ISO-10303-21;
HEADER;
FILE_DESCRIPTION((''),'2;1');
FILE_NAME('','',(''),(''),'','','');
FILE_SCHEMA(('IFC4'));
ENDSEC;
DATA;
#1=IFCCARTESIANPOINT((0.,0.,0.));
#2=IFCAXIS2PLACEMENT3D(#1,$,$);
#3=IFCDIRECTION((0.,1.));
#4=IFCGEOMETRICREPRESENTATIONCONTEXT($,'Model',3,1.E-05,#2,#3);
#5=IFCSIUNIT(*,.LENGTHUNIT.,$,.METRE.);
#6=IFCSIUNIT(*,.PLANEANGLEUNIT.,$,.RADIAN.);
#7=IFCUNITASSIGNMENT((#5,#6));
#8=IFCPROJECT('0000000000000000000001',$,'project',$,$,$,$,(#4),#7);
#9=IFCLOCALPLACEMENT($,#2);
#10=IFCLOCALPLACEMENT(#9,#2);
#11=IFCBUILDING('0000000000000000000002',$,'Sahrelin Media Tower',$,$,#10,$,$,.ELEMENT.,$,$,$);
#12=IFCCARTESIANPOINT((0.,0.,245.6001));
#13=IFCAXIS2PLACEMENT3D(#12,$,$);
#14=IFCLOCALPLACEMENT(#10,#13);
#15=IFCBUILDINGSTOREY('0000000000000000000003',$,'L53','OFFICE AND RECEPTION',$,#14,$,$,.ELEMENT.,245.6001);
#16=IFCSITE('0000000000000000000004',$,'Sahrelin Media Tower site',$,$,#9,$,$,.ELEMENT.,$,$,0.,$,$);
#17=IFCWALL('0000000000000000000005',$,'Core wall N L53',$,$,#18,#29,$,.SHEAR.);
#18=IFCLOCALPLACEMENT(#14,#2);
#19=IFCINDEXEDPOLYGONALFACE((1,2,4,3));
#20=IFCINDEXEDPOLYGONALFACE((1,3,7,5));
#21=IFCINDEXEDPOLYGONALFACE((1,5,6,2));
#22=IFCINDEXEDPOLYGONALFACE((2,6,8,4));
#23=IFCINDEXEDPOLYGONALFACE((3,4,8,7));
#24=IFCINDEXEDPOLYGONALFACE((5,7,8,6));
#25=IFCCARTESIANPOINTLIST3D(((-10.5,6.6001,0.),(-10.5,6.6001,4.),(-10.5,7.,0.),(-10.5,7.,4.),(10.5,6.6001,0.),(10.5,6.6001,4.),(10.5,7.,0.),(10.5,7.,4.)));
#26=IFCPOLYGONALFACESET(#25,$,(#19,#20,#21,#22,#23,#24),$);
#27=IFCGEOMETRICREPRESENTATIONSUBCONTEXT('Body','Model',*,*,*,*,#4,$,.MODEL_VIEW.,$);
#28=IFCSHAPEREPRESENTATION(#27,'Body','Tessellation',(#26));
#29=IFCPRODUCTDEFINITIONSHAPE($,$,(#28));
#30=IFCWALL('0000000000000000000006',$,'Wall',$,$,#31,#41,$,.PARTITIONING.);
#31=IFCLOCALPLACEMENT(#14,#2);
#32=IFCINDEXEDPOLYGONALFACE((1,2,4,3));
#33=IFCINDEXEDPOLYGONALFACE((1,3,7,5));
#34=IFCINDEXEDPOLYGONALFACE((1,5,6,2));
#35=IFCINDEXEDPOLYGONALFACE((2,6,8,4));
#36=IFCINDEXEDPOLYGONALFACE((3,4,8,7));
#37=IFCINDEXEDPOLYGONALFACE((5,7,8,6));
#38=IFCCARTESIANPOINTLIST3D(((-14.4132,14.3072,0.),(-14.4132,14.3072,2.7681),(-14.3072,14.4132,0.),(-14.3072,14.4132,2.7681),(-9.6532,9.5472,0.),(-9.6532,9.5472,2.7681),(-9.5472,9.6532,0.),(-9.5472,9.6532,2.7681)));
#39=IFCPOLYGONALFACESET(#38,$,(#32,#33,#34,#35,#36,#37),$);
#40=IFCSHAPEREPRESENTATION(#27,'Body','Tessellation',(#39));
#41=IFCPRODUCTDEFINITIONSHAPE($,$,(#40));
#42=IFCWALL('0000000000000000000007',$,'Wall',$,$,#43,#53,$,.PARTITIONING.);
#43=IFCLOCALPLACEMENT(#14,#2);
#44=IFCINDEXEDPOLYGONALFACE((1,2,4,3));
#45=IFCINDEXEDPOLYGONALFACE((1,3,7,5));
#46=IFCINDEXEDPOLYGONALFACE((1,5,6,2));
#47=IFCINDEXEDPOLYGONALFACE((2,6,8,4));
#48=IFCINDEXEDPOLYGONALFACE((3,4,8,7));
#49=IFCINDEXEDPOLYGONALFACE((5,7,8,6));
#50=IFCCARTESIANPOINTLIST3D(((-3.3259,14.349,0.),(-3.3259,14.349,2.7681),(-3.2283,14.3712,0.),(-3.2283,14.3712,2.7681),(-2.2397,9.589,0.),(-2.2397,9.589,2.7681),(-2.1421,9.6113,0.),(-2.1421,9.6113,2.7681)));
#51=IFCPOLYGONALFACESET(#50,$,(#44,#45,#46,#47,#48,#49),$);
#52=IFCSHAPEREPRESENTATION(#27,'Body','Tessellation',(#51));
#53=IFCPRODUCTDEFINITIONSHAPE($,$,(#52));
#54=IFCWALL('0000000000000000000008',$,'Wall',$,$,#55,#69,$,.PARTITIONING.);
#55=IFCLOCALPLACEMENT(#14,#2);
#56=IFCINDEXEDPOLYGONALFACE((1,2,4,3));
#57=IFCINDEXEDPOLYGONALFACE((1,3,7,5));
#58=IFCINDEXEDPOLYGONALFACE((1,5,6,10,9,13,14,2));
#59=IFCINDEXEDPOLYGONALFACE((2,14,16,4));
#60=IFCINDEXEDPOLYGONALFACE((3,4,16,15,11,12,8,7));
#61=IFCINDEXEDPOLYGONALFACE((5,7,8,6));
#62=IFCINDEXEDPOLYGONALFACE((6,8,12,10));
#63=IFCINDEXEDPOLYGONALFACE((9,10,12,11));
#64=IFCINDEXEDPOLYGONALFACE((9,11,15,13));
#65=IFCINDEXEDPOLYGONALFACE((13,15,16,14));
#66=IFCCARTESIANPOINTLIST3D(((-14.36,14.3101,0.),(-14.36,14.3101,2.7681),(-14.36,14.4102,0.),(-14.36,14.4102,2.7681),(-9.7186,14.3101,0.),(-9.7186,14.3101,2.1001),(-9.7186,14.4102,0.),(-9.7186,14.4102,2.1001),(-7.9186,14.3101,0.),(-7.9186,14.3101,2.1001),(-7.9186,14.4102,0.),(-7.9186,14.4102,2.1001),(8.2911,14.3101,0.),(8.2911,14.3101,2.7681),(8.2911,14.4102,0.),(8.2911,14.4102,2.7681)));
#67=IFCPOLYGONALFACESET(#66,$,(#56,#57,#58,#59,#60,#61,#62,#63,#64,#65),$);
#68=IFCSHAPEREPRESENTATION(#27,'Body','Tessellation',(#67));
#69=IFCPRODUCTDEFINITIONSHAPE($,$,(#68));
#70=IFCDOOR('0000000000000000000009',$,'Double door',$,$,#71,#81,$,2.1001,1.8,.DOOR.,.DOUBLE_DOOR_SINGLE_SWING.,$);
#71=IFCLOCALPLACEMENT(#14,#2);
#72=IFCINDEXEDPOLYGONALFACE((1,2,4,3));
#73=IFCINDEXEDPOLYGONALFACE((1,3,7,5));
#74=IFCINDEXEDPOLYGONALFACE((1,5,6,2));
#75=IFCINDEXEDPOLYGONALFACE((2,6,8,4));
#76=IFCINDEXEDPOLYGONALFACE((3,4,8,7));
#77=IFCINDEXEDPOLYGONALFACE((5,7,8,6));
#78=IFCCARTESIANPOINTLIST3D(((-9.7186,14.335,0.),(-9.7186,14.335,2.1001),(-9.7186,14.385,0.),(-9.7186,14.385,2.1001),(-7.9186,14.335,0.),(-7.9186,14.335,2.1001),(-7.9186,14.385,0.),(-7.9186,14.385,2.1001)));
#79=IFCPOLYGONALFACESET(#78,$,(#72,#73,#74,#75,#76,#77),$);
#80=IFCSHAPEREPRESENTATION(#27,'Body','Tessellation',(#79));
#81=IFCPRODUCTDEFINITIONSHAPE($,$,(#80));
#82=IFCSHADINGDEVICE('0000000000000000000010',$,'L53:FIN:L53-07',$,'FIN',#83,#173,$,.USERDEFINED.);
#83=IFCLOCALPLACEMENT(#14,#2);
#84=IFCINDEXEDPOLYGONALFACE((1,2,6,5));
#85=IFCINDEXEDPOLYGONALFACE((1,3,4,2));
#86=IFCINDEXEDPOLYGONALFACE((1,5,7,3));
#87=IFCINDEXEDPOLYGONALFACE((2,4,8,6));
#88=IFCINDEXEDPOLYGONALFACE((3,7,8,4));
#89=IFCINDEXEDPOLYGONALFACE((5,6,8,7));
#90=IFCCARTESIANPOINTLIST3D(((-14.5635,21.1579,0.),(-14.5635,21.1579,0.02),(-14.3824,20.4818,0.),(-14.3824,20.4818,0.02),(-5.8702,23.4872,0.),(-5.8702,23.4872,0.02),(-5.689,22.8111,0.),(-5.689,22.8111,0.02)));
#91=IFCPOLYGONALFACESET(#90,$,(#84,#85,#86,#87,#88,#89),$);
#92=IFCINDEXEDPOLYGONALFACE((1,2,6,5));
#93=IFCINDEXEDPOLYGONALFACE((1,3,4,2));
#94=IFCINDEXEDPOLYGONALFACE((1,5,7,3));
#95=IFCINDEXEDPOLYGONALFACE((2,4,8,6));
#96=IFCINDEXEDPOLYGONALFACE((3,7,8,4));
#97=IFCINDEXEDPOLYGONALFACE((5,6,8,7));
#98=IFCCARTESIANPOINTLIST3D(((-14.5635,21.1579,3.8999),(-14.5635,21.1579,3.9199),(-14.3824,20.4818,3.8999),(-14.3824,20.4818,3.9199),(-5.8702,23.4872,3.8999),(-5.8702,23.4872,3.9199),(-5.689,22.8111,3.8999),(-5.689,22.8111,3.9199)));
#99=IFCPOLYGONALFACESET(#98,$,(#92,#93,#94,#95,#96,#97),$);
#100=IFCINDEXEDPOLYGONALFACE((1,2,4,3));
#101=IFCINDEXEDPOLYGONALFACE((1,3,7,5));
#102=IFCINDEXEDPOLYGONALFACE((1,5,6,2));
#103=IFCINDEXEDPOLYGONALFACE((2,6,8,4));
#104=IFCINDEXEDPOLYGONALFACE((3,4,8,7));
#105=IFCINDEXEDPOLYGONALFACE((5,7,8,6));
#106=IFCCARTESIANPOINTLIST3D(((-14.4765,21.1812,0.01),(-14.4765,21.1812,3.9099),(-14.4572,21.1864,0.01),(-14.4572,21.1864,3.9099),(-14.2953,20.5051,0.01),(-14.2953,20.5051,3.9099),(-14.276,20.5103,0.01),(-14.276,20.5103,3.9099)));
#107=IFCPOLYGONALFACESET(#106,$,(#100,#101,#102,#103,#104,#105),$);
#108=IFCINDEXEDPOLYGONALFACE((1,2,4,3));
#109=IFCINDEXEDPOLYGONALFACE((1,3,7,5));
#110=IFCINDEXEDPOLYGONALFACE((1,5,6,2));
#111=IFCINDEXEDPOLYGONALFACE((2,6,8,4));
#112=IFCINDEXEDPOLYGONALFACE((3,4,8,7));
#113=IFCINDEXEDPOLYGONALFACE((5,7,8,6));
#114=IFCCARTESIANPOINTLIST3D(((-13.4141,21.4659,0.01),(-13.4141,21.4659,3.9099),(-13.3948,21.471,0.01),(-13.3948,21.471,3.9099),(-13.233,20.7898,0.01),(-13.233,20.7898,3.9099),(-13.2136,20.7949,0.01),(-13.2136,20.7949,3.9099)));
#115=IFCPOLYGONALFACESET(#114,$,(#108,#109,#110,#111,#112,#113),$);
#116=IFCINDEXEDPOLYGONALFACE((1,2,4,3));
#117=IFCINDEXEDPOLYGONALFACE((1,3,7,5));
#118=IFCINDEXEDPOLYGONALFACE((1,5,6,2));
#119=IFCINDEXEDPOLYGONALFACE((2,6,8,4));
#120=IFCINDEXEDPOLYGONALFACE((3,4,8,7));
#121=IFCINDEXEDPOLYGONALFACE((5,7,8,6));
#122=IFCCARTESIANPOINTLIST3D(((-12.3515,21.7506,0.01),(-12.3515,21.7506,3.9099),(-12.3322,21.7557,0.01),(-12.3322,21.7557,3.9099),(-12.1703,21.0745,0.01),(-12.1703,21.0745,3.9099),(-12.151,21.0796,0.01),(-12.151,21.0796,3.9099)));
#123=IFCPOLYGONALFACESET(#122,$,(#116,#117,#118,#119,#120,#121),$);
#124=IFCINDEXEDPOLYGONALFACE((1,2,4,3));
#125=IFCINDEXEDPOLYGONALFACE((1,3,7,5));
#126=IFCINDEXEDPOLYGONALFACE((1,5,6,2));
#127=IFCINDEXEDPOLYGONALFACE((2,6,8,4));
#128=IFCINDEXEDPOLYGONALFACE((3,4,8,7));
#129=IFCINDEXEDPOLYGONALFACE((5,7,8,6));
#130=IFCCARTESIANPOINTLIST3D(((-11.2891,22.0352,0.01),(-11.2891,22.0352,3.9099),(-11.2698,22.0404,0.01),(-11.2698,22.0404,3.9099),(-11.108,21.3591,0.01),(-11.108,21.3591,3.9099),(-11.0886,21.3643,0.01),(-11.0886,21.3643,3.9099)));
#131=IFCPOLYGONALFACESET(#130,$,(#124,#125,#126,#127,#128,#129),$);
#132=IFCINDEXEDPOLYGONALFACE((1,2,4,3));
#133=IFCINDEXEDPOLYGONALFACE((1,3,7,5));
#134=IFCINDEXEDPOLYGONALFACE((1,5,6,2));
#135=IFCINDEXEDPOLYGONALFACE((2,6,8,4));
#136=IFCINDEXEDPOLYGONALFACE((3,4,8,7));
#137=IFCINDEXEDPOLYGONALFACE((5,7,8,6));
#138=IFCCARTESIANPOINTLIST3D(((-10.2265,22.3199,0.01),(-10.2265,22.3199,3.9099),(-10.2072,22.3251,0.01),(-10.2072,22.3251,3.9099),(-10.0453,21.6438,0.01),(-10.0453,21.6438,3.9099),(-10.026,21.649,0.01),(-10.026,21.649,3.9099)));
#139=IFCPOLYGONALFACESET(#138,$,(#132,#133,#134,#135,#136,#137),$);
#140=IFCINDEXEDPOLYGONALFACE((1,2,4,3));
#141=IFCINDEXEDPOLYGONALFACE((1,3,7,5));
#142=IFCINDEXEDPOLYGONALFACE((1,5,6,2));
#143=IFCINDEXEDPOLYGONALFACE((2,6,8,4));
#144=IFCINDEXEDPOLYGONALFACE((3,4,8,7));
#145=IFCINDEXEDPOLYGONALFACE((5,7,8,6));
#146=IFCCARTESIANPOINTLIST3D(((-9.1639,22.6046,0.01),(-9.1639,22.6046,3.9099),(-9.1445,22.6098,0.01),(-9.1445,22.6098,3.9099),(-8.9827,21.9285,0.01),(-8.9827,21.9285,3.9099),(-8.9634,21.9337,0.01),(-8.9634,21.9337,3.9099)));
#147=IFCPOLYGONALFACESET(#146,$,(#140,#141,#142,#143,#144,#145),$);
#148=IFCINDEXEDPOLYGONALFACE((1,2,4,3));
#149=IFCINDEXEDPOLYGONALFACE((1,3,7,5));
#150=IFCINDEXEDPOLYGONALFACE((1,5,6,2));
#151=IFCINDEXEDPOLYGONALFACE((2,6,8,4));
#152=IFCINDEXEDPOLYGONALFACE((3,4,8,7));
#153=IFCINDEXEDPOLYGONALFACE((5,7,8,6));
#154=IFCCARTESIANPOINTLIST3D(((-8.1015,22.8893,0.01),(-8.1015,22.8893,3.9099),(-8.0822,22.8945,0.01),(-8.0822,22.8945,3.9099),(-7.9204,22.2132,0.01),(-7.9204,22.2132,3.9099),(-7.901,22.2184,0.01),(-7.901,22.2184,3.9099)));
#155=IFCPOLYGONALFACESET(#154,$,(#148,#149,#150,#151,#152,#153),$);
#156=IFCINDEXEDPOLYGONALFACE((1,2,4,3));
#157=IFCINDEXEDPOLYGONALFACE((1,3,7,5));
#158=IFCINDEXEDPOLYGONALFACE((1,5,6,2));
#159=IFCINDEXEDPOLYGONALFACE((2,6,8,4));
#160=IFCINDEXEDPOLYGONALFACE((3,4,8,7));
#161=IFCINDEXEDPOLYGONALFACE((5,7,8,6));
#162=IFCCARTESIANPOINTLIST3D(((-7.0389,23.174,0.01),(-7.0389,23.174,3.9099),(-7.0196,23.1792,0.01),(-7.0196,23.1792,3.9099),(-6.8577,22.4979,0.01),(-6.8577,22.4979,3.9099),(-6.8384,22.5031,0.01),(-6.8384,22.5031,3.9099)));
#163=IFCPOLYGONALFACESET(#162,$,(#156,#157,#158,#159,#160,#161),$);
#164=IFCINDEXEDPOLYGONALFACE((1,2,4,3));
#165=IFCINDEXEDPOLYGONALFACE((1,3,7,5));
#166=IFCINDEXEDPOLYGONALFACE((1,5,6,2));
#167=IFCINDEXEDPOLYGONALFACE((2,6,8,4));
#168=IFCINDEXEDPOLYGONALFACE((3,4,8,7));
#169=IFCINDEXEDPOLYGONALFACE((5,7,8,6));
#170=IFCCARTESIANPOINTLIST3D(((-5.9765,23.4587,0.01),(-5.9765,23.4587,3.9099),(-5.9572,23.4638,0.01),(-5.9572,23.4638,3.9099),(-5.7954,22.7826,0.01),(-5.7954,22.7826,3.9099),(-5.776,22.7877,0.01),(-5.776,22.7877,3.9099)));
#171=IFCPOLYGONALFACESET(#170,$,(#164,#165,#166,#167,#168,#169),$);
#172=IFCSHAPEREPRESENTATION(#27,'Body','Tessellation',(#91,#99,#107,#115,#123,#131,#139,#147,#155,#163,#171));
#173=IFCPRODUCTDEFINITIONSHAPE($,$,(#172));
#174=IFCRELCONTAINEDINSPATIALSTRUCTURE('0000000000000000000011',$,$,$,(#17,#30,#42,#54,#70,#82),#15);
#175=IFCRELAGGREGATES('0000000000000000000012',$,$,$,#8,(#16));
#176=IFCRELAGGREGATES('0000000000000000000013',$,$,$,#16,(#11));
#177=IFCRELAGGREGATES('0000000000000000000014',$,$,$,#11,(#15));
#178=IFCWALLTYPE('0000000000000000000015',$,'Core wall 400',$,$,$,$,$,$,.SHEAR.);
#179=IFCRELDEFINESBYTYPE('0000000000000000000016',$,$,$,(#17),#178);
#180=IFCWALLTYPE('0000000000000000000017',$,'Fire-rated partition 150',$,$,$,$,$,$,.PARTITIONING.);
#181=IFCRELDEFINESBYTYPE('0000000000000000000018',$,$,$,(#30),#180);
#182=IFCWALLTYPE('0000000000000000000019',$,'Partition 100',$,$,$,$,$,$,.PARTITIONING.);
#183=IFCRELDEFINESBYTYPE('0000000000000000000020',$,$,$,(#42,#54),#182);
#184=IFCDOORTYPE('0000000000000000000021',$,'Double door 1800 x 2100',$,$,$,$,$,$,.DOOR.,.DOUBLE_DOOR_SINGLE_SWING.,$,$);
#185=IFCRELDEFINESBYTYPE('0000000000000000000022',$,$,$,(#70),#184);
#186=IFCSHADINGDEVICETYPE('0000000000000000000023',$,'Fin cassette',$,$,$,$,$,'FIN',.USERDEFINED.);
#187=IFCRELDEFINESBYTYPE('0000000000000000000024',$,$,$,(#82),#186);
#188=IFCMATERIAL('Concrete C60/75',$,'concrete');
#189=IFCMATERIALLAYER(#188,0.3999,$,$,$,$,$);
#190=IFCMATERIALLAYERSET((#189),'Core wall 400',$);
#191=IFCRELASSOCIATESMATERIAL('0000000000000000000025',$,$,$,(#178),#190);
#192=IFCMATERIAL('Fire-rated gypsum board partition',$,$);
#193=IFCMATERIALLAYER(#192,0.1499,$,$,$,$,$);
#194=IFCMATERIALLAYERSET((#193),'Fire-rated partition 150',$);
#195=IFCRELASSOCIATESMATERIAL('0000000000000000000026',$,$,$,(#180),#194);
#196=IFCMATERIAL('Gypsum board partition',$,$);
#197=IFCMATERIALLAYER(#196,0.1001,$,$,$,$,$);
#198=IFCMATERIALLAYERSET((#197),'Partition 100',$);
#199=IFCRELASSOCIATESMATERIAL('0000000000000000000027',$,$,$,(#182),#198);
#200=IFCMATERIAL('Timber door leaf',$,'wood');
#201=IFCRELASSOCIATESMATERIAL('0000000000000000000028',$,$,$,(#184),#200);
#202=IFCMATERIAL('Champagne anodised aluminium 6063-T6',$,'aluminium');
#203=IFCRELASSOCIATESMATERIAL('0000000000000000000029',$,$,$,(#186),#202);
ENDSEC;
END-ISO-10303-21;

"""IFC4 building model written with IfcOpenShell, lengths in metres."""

from ifc_helpers import new_model, si_unit, direction, frame, frame_2d, origin, origin_2d, place, context, subcontext, project, spatial, rectangle, extrude, material, layer, layer_set, type_object, element, fill, save


model = new_model("IFC4")

# Units and contexts
model_context = context("Model", 3, precision=1e-05, world=origin(), true_north=direction((0.0, 1.0)))
body_context = subcontext(model_context, "Body", "Model", "MODEL_VIEW")
ifc_project = project(units=[si_unit("LENGTHUNIT", "METRE"), si_unit("PLANEANGLEUNIT", "RADIAN")], contexts=[model_context])

# Site, building, storey
site_placement = place(None, origin())
site = spatial("IfcSite", under=ifc_project, at=site_placement, Name="Sahrelin Media Tower site", CompositionType="ELEMENT", RefElevation=0.0)
building_placement = place(site_placement, origin())
building = spatial("IfcBuilding", under=site, at=building_placement, Name="Sahrelin Media Tower", CompositionType="ELEMENT")
storey_placement = place(building_placement, frame((0.0, 0.0, 245.6001)))
storey = spatial("IfcBuildingStorey", under=building, at=storey_placement, Name="L53", Description="OFFICE AND RECEPTION", CompositionType="ELEMENT", Elevation=245.6001)

# Shared definitions
ifc_material_1 = material(Name="Champagne anodised aluminium 6063-T6", Category="aluminium")

# Walls
ifc_material_2 = material(Name="Concrete C60/75", Category="concrete")
ifc_layer_1 = layer(ifc_material_2, 0.3999)
ifc_layer_set_1 = layer_set([ifc_layer_1], Name="Core wall 400")
wall_type_1 = type_object("IfcWallType", Name="Core wall 400", PredefinedType="SHEAR", material=ifc_layer_set_1)
wall_1_placement = place(storey_placement, frame((-10.5, 6.8, 0.0), z_axis=(0.0, 0.0, 1.0), x_axis=(1.0, 0.0, 0.0)))
element("IfcWall", 1, at=wall_1_placement, inside=storey, type_object=wall_type_1, Name="Core wall N L53", PredefinedType="SHEAR", context=body_context, shape_type="SweptSolid", body=[
    extrude(rectangle(XDim=21.0, YDim=0.3999, at=frame_2d((10.5, 0.0))), origin(), (0.0, 0.0, 1.0), 4.0),
])
ifc_material_3 = material(Name="Fire-rated gypsum board partition")
ifc_layer_2 = layer(ifc_material_3, 0.1499)
ifc_layer_set_2 = layer_set([ifc_layer_2], Name="Fire-rated partition 150")
wall_type_2 = type_object("IfcWallType", Name="Fire-rated partition 150", PredefinedType="PARTITIONING", material=ifc_layer_set_2)
wall_2_placement = place(storey_placement, frame((-14.3601, 14.3601, 0.0), z_axis=(0.0, 0.0, 1.0), x_axis=(0.707107, -0.707107, 0.0)))
element("IfcWall", 2, at=wall_2_placement, inside=storey, type_object=wall_type_2, Name="Wall", PredefinedType="PARTITIONING", context=body_context, shape_type="SweptSolid", body=[
    extrude(rectangle(XDim=6.7317, YDim=0.1499, at=frame_2d((3.3657, 0.0))), origin(), (0.0, 0.0, 1.0), 2.7681),
])
ifc_material_4 = material(Name="Gypsum board partition")
ifc_layer_3 = layer(ifc_material_4, 0.1001)
ifc_layer_set_3 = layer_set([ifc_layer_3], Name="Partition 100")
wall_type_3 = type_object("IfcWallType", Name="Partition 100", PredefinedType="PARTITIONING", material=ifc_layer_set_3)
wall_3_placement = place(storey_placement, frame((-3.2771, 14.3601, 0.0), z_axis=(0.0, 0.0, 1.0), x_axis=(0.22247, -0.974939, 0.0)))
element("IfcWall", 3, at=wall_3_placement, inside=storey, type_object=wall_type_3, Name="Wall", PredefinedType="PARTITIONING", context=body_context, shape_type="SweptSolid", body=[
    extrude(rectangle(XDim=4.8823, YDim=0.1001, at=frame_2d((2.4412, 0.0))), origin(), (0.0, 0.0, 1.0), 2.7681),
])

# Wall, opening, door
wall_4_placement = place(storey_placement, frame((-14.3601, 14.3601, 0.0), z_axis=(0.0, 0.0, 1.0), x_axis=(1.0, 0.0, 0.0)))
wall_4 = element("IfcWall", 4, at=wall_4_placement, inside=storey, type_object=wall_type_3, Name="Wall", PredefinedType="PARTITIONING", context=body_context, shape_type="SweptSolid", body=[
    extrude(rectangle(XDim=22.6511, YDim=0.1001, at=frame_2d((11.3257, 0.0))), origin(), (0.0, 0.0, 1.0), 2.7681),
])
opening_placement = place(wall_4_placement, frame((4.6416, 0.0, 0.0)))
opening = element("IfcOpeningElement", 5, at=opening_placement, cuts=wall_4, PredefinedType="OPENING", context=body_context, shape_type="SweptSolid", body=[
    extrude(rectangle(XDim=1.8, YDim=2.1001, at=frame_2d((0.8999, 1.05))), frame((0.0, 0.05, 0.0), z_axis=(0.0, -1.0, 0.0), x_axis=(1.0, 0.0, 0.0)), (0.0, 0.0, 1.0), 0.1001),
])
ifc_material_5 = material(Name="Timber door leaf", Category="wood")
door_type = type_object("IfcDoorType", Name="Double door 1800 x 2100", OperationType="DOUBLE_DOOR_SINGLE_SWING", PredefinedType="DOOR", material=ifc_material_5)
door_placement = place(opening_placement, origin())
door = element("IfcDoor", 6, at=door_placement, inside=storey, type_object=door_type, Name="Double door", OperationType="DOUBLE_DOOR_SINGLE_SWING", OverallHeight=2.1001, OverallWidth=1.8, PredefinedType="DOOR", context=body_context, shape_type="SweptSolid", body=[
    extrude(rectangle(XDim=1.8, YDim=2.1001, at=frame_2d((0.8999, 1.05))), frame((0.0, 0.0249, 0.0), z_axis=(0.0, -1.0, 0.0), x_axis=(1.0, 0.0, 0.0)), (0.0, 0.0, 1.0), 0.05),
])
fill(opening, door)

# Shading device
shading_device_type_1 = type_object("IfcShadingDeviceType", Name="Fin cassette", ElementType="FIN", PredefinedType="USERDEFINED", material=ifc_material_1)
placement = place(storey_placement, frame((-10.0176, 21.5789, 0.0), z_axis=(0.0, 0.0, 1.0), x_axis=(0.965929, 0.258808, 0.0)))
element("IfcShadingDevice", 7, at=placement, inside=storey, type_object=shading_device_type_1, Name="L53:FIN:L53-07", ObjectType="FIN", PredefinedType="USERDEFINED", context=body_context, shape_type="SweptSolid", body=[
    extrude(rectangle(XDim=9.0, YDim=0.7, at=origin_2d()), frame((0.0, 0.4199, 0.0)), (0.0, 0.0, 1.0), 0.02),
    extrude(rectangle(XDim=9.0, YDim=0.7, at=origin_2d()), frame((0.0, 0.4199, 3.8999)), (0.0, 0.0, 1.0), 0.02),
    extrude(rectangle(XDim=0.02, YDim=0.7, at=origin_2d()), frame((-4.3999, 0.4199, 0.01), z_axis=(0.0, 0.0, 1.0), x_axis=(1.0, 0.0, 0.0)), (0.0, 0.0, 1.0), 3.8999),
    extrude(rectangle(XDim=0.02, YDim=0.7, at=origin_2d()), frame((-3.3, 0.4199, 0.01), z_axis=(0.0, 0.0, 1.0), x_axis=(1.0, 0.0, 0.0)), (0.0, 0.0, 1.0), 3.8999),
    extrude(rectangle(XDim=0.02, YDim=0.7, at=origin_2d()), frame((-2.2, 0.4199, 0.01), z_axis=(0.0, 0.0, 1.0), x_axis=(1.0, 0.0, 0.0)), (0.0, 0.0, 1.0), 3.8999),
    extrude(rectangle(XDim=0.02, YDim=0.7, at=origin_2d()), frame((-1.1001, 0.4199, 0.01), z_axis=(0.0, 0.0, 1.0), x_axis=(1.0, 0.0, 0.0)), (0.0, 0.0, 1.0), 3.8999),
    extrude(rectangle(XDim=0.02, YDim=0.7, at=origin_2d()), frame((0.0, 0.4199, 0.01), z_axis=(0.0, 0.0, 1.0), x_axis=(1.0, 0.0, 0.0)), (0.0, 0.0, 1.0), 3.8999),
    extrude(rectangle(XDim=0.02, YDim=0.7, at=origin_2d()), frame((1.1001, 0.4199, 0.01), z_axis=(0.0, 0.0, 1.0), x_axis=(1.0, 0.0, 0.0)), (0.0, 0.0, 1.0), 3.8999),
    extrude(rectangle(XDim=0.02, YDim=0.7, at=origin_2d()), frame((2.2, 0.4199, 0.01), z_axis=(0.0, 0.0, 1.0), x_axis=(1.0, 0.0, 0.0)), (0.0, 0.0, 1.0), 3.8999),
    extrude(rectangle(XDim=0.02, YDim=0.7, at=origin_2d()), frame((3.3, 0.4199, 0.01), z_axis=(0.0, 0.0, 1.0), x_axis=(1.0, 0.0, 0.0)), (0.0, 0.0, 1.0), 3.8999),
    extrude(rectangle(XDim=0.02, YDim=0.7, at=origin_2d()), frame((4.3999, 0.4199, 0.01), z_axis=(0.0, 0.0, 1.0), x_axis=(1.0, 0.0, 0.0)), (0.0, 0.0, 1.0), 3.8999),
])

save(model, "model.ifc")
